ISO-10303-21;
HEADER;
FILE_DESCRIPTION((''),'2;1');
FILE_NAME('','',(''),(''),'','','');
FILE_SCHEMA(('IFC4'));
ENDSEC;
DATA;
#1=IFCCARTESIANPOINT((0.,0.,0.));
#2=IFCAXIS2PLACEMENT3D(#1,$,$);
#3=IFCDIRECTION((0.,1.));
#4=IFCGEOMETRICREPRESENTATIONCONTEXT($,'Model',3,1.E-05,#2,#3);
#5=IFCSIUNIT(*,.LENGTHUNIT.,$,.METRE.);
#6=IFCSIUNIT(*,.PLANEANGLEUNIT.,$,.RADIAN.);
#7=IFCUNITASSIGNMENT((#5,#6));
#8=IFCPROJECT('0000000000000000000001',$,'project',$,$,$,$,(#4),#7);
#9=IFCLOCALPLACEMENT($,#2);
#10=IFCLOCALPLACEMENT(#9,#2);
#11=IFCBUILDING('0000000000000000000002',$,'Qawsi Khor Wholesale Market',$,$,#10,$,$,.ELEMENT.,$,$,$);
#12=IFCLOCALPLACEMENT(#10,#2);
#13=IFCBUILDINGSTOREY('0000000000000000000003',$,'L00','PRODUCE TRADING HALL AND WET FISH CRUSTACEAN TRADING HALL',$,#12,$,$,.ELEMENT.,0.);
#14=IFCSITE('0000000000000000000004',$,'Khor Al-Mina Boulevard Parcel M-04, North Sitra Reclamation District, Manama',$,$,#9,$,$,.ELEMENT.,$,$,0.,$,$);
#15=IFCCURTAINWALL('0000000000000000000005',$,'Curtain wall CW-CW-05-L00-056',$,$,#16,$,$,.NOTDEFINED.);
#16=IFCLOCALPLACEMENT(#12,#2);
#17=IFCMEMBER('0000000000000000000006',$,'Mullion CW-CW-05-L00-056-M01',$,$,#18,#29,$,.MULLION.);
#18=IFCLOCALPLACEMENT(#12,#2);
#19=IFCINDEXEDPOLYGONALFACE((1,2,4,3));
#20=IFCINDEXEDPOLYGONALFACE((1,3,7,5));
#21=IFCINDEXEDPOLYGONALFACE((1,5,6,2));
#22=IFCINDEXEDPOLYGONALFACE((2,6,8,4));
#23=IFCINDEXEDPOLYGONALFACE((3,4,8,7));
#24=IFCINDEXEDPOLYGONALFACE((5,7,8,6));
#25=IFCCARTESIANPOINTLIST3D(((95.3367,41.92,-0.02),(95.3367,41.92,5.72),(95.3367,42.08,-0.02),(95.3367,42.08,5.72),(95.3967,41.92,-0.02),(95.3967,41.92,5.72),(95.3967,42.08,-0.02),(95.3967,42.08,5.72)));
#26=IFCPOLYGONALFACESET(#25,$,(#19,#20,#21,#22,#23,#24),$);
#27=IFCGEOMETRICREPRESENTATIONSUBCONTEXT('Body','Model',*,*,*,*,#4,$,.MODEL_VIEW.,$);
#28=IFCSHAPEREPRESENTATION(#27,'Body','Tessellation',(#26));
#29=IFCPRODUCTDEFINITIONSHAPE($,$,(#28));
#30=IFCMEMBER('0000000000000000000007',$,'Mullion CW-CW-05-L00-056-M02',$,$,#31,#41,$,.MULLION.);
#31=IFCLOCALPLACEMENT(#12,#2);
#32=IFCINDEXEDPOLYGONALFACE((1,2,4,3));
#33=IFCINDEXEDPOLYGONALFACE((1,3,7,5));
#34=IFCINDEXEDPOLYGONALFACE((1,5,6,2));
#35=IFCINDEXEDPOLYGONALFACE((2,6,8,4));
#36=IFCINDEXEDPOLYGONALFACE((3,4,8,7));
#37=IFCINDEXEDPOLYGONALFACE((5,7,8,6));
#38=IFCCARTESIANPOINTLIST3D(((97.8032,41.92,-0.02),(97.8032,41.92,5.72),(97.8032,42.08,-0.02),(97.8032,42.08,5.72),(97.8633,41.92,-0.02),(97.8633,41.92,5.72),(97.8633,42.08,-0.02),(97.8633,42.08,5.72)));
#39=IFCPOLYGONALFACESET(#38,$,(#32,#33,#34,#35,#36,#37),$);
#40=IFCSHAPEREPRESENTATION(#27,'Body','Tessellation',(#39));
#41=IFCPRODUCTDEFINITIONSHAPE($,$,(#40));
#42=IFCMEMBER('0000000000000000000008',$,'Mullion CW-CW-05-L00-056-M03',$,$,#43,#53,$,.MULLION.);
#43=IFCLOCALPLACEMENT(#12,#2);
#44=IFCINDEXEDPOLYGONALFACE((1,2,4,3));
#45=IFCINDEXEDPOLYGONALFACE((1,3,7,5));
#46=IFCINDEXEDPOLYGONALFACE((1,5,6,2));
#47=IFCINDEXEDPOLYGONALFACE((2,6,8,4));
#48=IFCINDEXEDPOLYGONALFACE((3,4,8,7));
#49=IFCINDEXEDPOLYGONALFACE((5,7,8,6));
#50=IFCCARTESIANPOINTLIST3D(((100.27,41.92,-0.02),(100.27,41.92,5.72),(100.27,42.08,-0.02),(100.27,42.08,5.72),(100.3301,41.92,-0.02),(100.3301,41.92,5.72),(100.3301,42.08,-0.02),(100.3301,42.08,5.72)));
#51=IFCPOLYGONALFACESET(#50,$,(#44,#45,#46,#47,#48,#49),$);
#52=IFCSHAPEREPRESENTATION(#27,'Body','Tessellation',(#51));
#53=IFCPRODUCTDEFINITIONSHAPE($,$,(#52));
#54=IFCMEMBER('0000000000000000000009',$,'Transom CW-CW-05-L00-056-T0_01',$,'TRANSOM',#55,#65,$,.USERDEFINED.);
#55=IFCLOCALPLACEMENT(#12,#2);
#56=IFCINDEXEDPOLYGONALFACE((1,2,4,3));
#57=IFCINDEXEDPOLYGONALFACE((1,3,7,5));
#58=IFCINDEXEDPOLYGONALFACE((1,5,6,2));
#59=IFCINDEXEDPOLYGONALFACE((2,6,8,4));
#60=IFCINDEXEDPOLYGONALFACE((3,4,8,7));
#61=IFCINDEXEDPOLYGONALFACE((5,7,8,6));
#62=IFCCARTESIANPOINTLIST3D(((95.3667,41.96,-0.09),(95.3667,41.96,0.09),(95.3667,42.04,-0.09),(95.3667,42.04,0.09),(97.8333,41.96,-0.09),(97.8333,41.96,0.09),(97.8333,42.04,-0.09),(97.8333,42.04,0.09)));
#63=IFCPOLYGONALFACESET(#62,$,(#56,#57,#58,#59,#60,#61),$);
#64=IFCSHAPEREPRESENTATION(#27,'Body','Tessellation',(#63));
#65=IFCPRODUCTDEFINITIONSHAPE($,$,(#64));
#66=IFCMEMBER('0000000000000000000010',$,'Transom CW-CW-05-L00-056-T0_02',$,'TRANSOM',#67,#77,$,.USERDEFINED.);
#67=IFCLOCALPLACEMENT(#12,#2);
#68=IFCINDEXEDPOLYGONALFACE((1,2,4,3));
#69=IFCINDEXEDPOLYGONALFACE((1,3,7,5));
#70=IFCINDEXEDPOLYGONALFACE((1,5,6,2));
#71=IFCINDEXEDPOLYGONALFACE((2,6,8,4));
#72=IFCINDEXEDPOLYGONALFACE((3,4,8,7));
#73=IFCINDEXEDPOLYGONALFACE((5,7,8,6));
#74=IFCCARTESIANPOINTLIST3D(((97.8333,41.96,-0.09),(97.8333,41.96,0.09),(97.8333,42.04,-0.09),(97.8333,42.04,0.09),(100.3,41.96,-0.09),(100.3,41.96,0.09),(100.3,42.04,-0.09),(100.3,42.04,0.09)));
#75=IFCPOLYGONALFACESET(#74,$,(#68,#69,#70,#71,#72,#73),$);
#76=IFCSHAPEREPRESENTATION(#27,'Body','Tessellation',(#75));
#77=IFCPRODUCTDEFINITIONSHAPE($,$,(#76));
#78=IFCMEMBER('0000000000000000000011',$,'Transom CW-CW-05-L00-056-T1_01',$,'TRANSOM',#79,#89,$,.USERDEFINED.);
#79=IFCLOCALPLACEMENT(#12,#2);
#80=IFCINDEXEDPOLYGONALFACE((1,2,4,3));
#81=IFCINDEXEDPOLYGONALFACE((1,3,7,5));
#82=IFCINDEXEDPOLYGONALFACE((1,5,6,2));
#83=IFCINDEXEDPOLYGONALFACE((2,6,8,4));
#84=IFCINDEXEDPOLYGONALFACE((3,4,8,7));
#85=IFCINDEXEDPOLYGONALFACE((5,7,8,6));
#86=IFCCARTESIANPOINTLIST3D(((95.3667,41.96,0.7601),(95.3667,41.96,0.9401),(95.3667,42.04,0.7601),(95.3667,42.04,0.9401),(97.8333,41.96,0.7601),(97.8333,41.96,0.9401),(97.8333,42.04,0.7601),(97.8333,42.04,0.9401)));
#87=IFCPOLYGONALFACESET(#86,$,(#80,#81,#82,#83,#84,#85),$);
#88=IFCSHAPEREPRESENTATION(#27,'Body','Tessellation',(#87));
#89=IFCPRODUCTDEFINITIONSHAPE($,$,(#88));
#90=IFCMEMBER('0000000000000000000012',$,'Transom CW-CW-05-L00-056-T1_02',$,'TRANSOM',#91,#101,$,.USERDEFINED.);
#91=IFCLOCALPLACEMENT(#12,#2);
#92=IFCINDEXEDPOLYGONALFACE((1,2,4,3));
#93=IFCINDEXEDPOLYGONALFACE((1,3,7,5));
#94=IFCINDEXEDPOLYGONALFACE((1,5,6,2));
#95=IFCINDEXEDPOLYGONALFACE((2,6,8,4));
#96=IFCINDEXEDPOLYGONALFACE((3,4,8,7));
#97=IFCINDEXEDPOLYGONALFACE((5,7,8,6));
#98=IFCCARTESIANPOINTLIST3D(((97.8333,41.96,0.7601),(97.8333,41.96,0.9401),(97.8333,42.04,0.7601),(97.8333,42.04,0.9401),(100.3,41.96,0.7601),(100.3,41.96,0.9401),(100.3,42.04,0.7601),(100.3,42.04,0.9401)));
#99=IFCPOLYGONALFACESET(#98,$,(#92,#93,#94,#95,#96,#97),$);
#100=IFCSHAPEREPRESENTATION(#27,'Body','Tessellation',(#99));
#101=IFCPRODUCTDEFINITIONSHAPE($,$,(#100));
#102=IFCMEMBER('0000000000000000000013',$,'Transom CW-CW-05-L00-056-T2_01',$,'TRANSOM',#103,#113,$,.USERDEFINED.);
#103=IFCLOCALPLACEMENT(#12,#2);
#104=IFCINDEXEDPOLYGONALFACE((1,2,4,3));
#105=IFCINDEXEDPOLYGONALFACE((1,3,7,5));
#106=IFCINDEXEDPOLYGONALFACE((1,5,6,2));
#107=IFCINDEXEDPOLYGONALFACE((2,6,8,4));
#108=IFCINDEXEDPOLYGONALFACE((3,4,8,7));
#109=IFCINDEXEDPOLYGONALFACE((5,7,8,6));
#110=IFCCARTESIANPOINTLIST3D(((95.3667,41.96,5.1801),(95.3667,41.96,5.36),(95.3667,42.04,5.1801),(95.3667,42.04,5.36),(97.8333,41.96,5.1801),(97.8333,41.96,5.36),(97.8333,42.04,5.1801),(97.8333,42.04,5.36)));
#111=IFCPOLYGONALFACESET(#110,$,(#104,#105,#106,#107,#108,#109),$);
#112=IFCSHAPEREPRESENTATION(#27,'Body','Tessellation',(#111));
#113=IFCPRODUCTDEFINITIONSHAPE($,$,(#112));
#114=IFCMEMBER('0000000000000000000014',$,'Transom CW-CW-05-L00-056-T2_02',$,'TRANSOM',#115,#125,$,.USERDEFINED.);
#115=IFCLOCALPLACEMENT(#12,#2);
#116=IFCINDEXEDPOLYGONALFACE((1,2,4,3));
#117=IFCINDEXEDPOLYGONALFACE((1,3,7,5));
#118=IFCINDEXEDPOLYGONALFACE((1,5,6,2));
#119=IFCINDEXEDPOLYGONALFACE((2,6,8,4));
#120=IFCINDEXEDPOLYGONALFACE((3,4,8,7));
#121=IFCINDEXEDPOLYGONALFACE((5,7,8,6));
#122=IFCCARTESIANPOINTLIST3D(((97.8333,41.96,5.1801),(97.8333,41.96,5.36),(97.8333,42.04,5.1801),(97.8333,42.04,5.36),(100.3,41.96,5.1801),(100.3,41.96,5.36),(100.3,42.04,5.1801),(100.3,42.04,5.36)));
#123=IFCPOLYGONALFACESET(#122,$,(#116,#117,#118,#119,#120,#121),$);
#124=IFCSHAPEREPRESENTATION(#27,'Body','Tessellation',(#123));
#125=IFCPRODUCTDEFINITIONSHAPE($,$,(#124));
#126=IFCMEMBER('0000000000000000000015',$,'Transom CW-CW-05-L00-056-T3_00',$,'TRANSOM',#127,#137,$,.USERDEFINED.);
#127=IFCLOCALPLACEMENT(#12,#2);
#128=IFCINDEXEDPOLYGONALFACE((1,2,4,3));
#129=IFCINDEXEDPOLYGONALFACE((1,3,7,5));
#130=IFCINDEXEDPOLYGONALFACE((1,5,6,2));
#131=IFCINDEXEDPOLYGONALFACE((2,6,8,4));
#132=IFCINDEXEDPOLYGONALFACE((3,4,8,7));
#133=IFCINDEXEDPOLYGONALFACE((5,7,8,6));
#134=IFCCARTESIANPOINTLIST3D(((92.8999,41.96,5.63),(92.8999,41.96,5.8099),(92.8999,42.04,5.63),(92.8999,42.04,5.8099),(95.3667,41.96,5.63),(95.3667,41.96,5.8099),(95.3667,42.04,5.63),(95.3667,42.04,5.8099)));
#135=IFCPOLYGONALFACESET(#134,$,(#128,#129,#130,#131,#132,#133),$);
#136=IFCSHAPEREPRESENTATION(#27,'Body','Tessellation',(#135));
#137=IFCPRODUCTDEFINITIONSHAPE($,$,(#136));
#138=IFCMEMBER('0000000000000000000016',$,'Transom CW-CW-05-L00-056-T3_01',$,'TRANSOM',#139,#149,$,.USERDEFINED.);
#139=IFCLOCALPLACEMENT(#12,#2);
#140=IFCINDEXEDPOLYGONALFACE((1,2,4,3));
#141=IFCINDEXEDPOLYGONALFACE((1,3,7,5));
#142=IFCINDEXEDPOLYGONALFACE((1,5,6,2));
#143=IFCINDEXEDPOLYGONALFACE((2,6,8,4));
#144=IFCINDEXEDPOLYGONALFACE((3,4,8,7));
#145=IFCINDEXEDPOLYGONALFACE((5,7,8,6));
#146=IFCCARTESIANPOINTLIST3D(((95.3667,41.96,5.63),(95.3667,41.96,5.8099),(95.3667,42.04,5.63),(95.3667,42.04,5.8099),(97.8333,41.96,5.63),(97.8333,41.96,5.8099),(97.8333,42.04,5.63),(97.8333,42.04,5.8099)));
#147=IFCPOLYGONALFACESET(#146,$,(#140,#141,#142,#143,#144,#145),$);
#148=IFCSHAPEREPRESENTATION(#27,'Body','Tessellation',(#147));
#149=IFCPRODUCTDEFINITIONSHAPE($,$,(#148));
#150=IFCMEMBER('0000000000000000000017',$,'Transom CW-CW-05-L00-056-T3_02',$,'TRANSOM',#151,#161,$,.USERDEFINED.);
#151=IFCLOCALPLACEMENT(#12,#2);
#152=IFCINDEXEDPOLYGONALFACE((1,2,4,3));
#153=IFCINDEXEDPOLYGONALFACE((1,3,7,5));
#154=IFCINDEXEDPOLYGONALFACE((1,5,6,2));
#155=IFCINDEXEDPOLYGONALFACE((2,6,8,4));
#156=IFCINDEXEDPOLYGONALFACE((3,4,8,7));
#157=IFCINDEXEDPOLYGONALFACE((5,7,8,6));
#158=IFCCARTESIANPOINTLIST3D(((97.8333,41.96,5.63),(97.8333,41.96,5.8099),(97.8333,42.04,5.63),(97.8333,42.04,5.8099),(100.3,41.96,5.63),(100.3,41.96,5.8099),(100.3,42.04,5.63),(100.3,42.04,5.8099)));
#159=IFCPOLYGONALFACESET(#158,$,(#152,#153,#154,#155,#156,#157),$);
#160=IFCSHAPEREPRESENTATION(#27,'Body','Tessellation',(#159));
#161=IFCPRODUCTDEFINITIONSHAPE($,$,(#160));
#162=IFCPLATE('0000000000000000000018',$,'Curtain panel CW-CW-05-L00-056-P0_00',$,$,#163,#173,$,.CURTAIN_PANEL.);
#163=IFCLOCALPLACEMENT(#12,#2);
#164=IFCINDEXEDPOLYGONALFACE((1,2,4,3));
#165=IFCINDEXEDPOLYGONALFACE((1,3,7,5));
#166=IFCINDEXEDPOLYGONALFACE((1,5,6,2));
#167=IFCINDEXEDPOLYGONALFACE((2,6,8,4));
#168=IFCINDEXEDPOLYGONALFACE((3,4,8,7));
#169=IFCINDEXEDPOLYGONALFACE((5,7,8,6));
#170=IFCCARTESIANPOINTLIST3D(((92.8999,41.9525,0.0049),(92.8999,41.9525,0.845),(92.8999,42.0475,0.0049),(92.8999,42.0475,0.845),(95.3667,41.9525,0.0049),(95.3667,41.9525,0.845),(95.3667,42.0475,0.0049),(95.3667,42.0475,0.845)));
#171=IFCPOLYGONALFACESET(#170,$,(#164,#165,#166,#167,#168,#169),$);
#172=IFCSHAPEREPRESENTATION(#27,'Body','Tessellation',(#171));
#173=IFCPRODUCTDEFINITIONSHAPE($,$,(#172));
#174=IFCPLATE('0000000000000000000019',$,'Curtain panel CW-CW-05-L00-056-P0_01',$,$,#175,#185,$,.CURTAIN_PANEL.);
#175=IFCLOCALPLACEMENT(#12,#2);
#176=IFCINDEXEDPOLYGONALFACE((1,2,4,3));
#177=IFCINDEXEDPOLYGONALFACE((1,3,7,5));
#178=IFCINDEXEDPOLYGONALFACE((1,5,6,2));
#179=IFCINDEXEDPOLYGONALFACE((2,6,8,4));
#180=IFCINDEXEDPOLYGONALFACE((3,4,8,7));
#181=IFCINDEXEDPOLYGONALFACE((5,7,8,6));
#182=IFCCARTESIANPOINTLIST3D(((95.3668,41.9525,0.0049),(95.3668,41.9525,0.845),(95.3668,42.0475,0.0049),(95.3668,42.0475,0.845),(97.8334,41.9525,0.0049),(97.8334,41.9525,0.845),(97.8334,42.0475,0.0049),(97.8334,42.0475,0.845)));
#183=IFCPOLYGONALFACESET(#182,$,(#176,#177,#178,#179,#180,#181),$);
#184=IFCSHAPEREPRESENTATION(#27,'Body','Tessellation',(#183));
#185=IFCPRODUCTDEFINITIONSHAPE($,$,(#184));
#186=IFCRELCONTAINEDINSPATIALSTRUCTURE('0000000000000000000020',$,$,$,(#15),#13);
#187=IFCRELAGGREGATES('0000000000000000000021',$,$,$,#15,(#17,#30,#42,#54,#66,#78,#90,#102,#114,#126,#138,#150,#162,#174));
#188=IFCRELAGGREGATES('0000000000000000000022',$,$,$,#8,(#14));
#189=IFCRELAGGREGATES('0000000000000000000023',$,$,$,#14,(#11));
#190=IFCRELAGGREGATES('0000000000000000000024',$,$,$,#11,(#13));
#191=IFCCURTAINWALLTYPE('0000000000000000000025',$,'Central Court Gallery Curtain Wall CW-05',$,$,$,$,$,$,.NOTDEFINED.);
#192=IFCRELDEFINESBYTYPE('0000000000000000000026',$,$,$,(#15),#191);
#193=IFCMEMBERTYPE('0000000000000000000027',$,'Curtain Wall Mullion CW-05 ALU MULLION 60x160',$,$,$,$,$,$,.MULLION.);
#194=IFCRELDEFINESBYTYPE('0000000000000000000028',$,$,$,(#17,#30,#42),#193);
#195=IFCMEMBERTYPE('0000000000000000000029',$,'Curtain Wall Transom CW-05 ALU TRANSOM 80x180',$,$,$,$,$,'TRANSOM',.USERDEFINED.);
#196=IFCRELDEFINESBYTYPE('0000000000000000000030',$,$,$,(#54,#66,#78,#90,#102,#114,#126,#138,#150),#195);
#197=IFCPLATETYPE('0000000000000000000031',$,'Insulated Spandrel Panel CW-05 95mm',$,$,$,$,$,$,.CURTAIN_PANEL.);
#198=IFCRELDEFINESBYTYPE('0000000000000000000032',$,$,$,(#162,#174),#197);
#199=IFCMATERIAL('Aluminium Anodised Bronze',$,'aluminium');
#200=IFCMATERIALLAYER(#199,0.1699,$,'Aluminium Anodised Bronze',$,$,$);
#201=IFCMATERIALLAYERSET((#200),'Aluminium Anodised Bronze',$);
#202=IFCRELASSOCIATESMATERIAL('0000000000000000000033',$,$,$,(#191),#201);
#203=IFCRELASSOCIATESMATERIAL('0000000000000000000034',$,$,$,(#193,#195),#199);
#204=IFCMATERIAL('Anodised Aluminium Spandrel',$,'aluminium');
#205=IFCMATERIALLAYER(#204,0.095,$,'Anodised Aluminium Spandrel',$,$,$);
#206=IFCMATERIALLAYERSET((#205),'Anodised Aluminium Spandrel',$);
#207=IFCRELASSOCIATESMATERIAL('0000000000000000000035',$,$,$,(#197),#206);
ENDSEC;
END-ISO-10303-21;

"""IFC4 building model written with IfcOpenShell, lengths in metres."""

from ifc_helpers import new_model, si_unit, direction, frame, frame_2d, origin, origin_2d, place, context, subcontext, project, spatial, rectangle, extrude, material, layer, layer_set, material_profile, profile_set, type_object, element, aggregate, save


model = new_model("IFC4")

# Units and contexts
model_context = context("Model", 3, precision=1e-05, world=origin(), true_north=direction((0.0, 1.0)))
body_context = subcontext(model_context, "Body", "Model", "MODEL_VIEW")
ifc_project = project(units=[si_unit("LENGTHUNIT", "METRE"), si_unit("PLANEANGLEUNIT", "RADIAN")], contexts=[model_context])

# Site, building, storey
site_placement = place(None, origin())
site = spatial("IfcSite", under=ifc_project, at=site_placement, Name="Khor Al-Mina Boulevard Parcel M-04, North Sitra Reclamation District, Manama", CompositionType="ELEMENT", RefElevation=0.0)
building_placement = place(site_placement, origin())
building = spatial("IfcBuilding", under=site, at=building_placement, Name="Qawsi Khor Wholesale Market", CompositionType="ELEMENT")
storey_placement = place(building_placement, origin())
storey = spatial("IfcBuildingStorey", under=building, at=storey_placement, Name="L00", Description="PRODUCE TRADING HALL AND WET FISH CRUSTACEAN TRADING HALL", CompositionType="ELEMENT", Elevation=0.0)

# Curtain wall, members, plates
ifc_material_1 = material(Name="Aluminium Anodised Bronze", Category="aluminium")
ifc_layer_1 = layer(ifc_material_1, 0.1699, Name="Aluminium Anodised Bronze")
ifc_layer_set_1 = layer_set([ifc_layer_1], Name="Aluminium Anodised Bronze")
curtain_wall_type = type_object("IfcCurtainWallType", Name="Central Court Gallery Curtain Wall CW-05", PredefinedType="NOTDEFINED", material=ifc_layer_set_1)
curtain_wall_placement = place(storey_placement, origin())
curtain_wall = element("IfcCurtainWall", 1, at=curtain_wall_placement, inside=storey, type_object=curtain_wall_type, Name="Curtain wall CW-CW-05-L00-056", PredefinedType="NOTDEFINED")
ifc_material_profile_1 = material_profile(ifc_material_1, rectangle(XDim=0.0601, YDim=0.1599, at=origin_2d()), Name="ALU MULLION 60x160")
ifc_profile_set_1 = profile_set([ifc_material_profile_1], Name="Aluminium Anodised Bronze")
member_type_1 = type_object("IfcMemberType", Name="Curtain Wall Mullion CW-05 ALU MULLION 60x160", PredefinedType="MULLION", material=ifc_profile_set_1)
member_1_placement = place(storey_placement, frame((95.3667, 42.0, -0.02), z_axis=(0.0, 0.0, 1.0), x_axis=(1.0, 0.0, 0.0)))
member_1 = element("IfcMember", 2, at=member_1_placement, type_object=member_type_1, Name="Mullion CW-CW-05-L00-056-M01", PredefinedType="MULLION", context=body_context, shape_type="SweptSolid", body=[
    extrude(rectangle(XDim=0.0601, YDim=0.1599, at=origin_2d()), origin(), (0.0, 0.0, 1.0), 5.74),
])
member_2_placement = place(storey_placement, frame((97.8333, 42.0, -0.02), z_axis=(0.0, 0.0, 1.0), x_axis=(1.0, 0.0, 0.0)))
member_2 = element("IfcMember", 3, at=member_2_placement, type_object=member_type_1, Name="Mullion CW-CW-05-L00-056-M02", PredefinedType="MULLION", context=body_context, shape_type="SweptSolid", body=[
    extrude(rectangle(XDim=0.0601, YDim=0.1599, at=origin_2d()), origin(), (0.0, 0.0, 1.0), 5.74),
])
member_3_placement = place(storey_placement, frame((100.3, 42.0, -0.02), z_axis=(0.0, 0.0, 1.0), x_axis=(1.0, 0.0, 0.0)))
member_3 = element("IfcMember", 4, at=member_3_placement, type_object=member_type_1, Name="Mullion CW-CW-05-L00-056-M03", PredefinedType="MULLION", context=body_context, shape_type="SweptSolid", body=[
    extrude(rectangle(XDim=0.0601, YDim=0.1599, at=origin_2d()), origin(), (0.0, 0.0, 1.0), 5.74),
])
ifc_material_profile_2 = material_profile(ifc_material_1, rectangle(XDim=0.0801, YDim=0.1799, at=origin_2d()), Name="ALU TRANSOM 80x180")
ifc_profile_set_2 = profile_set([ifc_material_profile_2], Name="Aluminium Anodised Bronze")
member_type_2 = type_object("IfcMemberType", Name="Curtain Wall Transom CW-05 ALU TRANSOM 80x180", ElementType="TRANSOM", PredefinedType="USERDEFINED", material=ifc_profile_set_2)
member_4_placement = place(storey_placement, frame((95.3667, 42.0, 0.0), z_axis=(1.0, 0.0, 0.0), x_axis=(0.0, 1.0, 0.0)))
member_4 = element("IfcMember", 5, at=member_4_placement, type_object=member_type_2, Name="Transom CW-CW-05-L00-056-T0_01", ObjectType="TRANSOM", PredefinedType="USERDEFINED", context=body_context, shape_type="SweptSolid", body=[
    extrude(rectangle(XDim=0.0801, YDim=0.1799, at=origin_2d()), origin(), (0.0, 0.0, 1.0), 2.4666),
])
member_5_placement = place(storey_placement, frame((97.8333, 42.0, 0.0), z_axis=(1.0, 0.0, 0.0), x_axis=(0.0, 1.0, 0.0)))
member_5 = element("IfcMember", 6, at=member_5_placement, type_object=member_type_2, Name="Transom CW-CW-05-L00-056-T0_02", ObjectType="TRANSOM", PredefinedType="USERDEFINED", context=body_context, shape_type="SweptSolid", body=[
    extrude(rectangle(XDim=0.0801, YDim=0.1799, at=origin_2d()), origin(), (0.0, 0.0, 1.0), 2.4668),
])
member_6_placement = place(storey_placement, frame((95.3667, 42.0, 0.8501), z_axis=(1.0, 0.0, 0.0), x_axis=(0.0, 1.0, 0.0)))
member_6 = element("IfcMember", 7, at=member_6_placement, type_object=member_type_2, Name="Transom CW-CW-05-L00-056-T1_01", ObjectType="TRANSOM", PredefinedType="USERDEFINED", context=body_context, shape_type="SweptSolid", body=[
    extrude(rectangle(XDim=0.0801, YDim=0.1799, at=origin_2d()), origin(), (0.0, 0.0, 1.0), 2.4666),
])
member_7_placement = place(storey_placement, frame((97.8333, 42.0, 0.8501), z_axis=(1.0, 0.0, 0.0), x_axis=(0.0, 1.0, 0.0)))
member_7 = element("IfcMember", 8, at=member_7_placement, type_object=member_type_2, Name="Transom CW-CW-05-L00-056-T1_02", ObjectType="TRANSOM", PredefinedType="USERDEFINED", context=body_context, shape_type="SweptSolid", body=[
    extrude(rectangle(XDim=0.0801, YDim=0.1799, at=origin_2d()), origin(), (0.0, 0.0, 1.0), 2.4668),
])
member_8_placement = place(storey_placement, frame((95.3667, 42.0, 5.27), z_axis=(1.0, 0.0, 0.0), x_axis=(0.0, 1.0, 0.0)))
member_8 = element("IfcMember", 9, at=member_8_placement, type_object=member_type_2, Name="Transom CW-CW-05-L00-056-T2_01", ObjectType="TRANSOM", PredefinedType="USERDEFINED", context=body_context, shape_type="SweptSolid", body=[
    extrude(rectangle(XDim=0.0801, YDim=0.1799, at=origin_2d()), origin(), (0.0, 0.0, 1.0), 2.4666),
])
member_9_placement = place(storey_placement, frame((97.8333, 42.0, 5.27), z_axis=(1.0, 0.0, 0.0), x_axis=(0.0, 1.0, 0.0)))
member_9 = element("IfcMember", 10, at=member_9_placement, type_object=member_type_2, Name="Transom CW-CW-05-L00-056-T2_02", ObjectType="TRANSOM", PredefinedType="USERDEFINED", context=body_context, shape_type="SweptSolid", body=[
    extrude(rectangle(XDim=0.0801, YDim=0.1799, at=origin_2d()), origin(), (0.0, 0.0, 1.0), 2.4668),
])
member_10_placement = place(storey_placement, frame((92.8999, 42.0, 5.72), z_axis=(1.0, 0.0, 0.0), x_axis=(0.0, 1.0, 0.0)))
member_10 = element("IfcMember", 11, at=member_10_placement, type_object=member_type_2, Name="Transom CW-CW-05-L00-056-T3_00", ObjectType="TRANSOM", PredefinedType="USERDEFINED", context=body_context, shape_type="SweptSolid", body=[
    extrude(rectangle(XDim=0.0801, YDim=0.1799, at=origin_2d()), origin(), (0.0, 0.0, 1.0), 2.4668),
])
member_11_placement = place(storey_placement, frame((95.3667, 42.0, 5.72), z_axis=(1.0, 0.0, 0.0), x_axis=(0.0, 1.0, 0.0)))
member_11 = element("IfcMember", 12, at=member_11_placement, type_object=member_type_2, Name="Transom CW-CW-05-L00-056-T3_01", ObjectType="TRANSOM", PredefinedType="USERDEFINED", context=body_context, shape_type="SweptSolid", body=[
    extrude(rectangle(XDim=0.0801, YDim=0.1799, at=origin_2d()), origin(), (0.0, 0.0, 1.0), 2.4666),
])
member_12_placement = place(storey_placement, frame((97.8333, 42.0, 5.72), z_axis=(1.0, 0.0, 0.0), x_axis=(0.0, 1.0, 0.0)))
member_12 = element("IfcMember", 13, at=member_12_placement, type_object=member_type_2, Name="Transom CW-CW-05-L00-056-T3_02", ObjectType="TRANSOM", PredefinedType="USERDEFINED", context=body_context, shape_type="SweptSolid", body=[
    extrude(rectangle(XDim=0.0801, YDim=0.1799, at=origin_2d()), origin(), (0.0, 0.0, 1.0), 2.4668),
])
ifc_material_2 = material(Name="Anodised Aluminium Spandrel", Category="aluminium")
ifc_layer_2 = layer(ifc_material_2, 0.095, Name="Anodised Aluminium Spandrel")
ifc_layer_set_2 = layer_set([ifc_layer_2], Name="Anodised Aluminium Spandrel")
plate_type_1 = type_object("IfcPlateType", Name="Insulated Spandrel Panel CW-05 95mm", PredefinedType="CURTAIN_PANEL", material=ifc_layer_set_2)
plate_1_placement = place(storey_placement, frame((92.8999, 42.0, 0.0049), z_axis=(0.0, 0.0, 1.0), x_axis=(1.0, 0.0, 0.0)))
plate_1 = element("IfcPlate", 14, at=plate_1_placement, type_object=plate_type_1, Name="Curtain panel CW-CW-05-L00-056-P0_00", PredefinedType="CURTAIN_PANEL", context=body_context, shape_type="SweptSolid", body=[
    extrude(rectangle(XDim=2.4668, YDim=0.095, at=frame_2d((1.2334, 0.0))), origin(), (0.0, 0.0, 1.0), 0.8401),
])
plate_2_placement = place(storey_placement, frame((95.3667, 42.0, 0.0049), z_axis=(0.0, 0.0, 1.0), x_axis=(1.0, 0.0, 0.0)))
plate_2 = element("IfcPlate", 15, at=plate_2_placement, type_object=plate_type_1, Name="Curtain panel CW-CW-05-L00-056-P0_01", PredefinedType="CURTAIN_PANEL", context=body_context, shape_type="SweptSolid", body=[
    extrude(rectangle(XDim=2.4666, YDim=0.095, at=frame_2d((1.2334, 0.0))), origin(), (0.0, 0.0, 1.0), 0.8401),
])
aggregate(curtain_wall, [member_1, member_2, member_3, member_4, member_5, member_6, member_7, member_8, member_9, member_10, member_11, member_12, plate_1, plate_2])

save(model, "model.ifc")
